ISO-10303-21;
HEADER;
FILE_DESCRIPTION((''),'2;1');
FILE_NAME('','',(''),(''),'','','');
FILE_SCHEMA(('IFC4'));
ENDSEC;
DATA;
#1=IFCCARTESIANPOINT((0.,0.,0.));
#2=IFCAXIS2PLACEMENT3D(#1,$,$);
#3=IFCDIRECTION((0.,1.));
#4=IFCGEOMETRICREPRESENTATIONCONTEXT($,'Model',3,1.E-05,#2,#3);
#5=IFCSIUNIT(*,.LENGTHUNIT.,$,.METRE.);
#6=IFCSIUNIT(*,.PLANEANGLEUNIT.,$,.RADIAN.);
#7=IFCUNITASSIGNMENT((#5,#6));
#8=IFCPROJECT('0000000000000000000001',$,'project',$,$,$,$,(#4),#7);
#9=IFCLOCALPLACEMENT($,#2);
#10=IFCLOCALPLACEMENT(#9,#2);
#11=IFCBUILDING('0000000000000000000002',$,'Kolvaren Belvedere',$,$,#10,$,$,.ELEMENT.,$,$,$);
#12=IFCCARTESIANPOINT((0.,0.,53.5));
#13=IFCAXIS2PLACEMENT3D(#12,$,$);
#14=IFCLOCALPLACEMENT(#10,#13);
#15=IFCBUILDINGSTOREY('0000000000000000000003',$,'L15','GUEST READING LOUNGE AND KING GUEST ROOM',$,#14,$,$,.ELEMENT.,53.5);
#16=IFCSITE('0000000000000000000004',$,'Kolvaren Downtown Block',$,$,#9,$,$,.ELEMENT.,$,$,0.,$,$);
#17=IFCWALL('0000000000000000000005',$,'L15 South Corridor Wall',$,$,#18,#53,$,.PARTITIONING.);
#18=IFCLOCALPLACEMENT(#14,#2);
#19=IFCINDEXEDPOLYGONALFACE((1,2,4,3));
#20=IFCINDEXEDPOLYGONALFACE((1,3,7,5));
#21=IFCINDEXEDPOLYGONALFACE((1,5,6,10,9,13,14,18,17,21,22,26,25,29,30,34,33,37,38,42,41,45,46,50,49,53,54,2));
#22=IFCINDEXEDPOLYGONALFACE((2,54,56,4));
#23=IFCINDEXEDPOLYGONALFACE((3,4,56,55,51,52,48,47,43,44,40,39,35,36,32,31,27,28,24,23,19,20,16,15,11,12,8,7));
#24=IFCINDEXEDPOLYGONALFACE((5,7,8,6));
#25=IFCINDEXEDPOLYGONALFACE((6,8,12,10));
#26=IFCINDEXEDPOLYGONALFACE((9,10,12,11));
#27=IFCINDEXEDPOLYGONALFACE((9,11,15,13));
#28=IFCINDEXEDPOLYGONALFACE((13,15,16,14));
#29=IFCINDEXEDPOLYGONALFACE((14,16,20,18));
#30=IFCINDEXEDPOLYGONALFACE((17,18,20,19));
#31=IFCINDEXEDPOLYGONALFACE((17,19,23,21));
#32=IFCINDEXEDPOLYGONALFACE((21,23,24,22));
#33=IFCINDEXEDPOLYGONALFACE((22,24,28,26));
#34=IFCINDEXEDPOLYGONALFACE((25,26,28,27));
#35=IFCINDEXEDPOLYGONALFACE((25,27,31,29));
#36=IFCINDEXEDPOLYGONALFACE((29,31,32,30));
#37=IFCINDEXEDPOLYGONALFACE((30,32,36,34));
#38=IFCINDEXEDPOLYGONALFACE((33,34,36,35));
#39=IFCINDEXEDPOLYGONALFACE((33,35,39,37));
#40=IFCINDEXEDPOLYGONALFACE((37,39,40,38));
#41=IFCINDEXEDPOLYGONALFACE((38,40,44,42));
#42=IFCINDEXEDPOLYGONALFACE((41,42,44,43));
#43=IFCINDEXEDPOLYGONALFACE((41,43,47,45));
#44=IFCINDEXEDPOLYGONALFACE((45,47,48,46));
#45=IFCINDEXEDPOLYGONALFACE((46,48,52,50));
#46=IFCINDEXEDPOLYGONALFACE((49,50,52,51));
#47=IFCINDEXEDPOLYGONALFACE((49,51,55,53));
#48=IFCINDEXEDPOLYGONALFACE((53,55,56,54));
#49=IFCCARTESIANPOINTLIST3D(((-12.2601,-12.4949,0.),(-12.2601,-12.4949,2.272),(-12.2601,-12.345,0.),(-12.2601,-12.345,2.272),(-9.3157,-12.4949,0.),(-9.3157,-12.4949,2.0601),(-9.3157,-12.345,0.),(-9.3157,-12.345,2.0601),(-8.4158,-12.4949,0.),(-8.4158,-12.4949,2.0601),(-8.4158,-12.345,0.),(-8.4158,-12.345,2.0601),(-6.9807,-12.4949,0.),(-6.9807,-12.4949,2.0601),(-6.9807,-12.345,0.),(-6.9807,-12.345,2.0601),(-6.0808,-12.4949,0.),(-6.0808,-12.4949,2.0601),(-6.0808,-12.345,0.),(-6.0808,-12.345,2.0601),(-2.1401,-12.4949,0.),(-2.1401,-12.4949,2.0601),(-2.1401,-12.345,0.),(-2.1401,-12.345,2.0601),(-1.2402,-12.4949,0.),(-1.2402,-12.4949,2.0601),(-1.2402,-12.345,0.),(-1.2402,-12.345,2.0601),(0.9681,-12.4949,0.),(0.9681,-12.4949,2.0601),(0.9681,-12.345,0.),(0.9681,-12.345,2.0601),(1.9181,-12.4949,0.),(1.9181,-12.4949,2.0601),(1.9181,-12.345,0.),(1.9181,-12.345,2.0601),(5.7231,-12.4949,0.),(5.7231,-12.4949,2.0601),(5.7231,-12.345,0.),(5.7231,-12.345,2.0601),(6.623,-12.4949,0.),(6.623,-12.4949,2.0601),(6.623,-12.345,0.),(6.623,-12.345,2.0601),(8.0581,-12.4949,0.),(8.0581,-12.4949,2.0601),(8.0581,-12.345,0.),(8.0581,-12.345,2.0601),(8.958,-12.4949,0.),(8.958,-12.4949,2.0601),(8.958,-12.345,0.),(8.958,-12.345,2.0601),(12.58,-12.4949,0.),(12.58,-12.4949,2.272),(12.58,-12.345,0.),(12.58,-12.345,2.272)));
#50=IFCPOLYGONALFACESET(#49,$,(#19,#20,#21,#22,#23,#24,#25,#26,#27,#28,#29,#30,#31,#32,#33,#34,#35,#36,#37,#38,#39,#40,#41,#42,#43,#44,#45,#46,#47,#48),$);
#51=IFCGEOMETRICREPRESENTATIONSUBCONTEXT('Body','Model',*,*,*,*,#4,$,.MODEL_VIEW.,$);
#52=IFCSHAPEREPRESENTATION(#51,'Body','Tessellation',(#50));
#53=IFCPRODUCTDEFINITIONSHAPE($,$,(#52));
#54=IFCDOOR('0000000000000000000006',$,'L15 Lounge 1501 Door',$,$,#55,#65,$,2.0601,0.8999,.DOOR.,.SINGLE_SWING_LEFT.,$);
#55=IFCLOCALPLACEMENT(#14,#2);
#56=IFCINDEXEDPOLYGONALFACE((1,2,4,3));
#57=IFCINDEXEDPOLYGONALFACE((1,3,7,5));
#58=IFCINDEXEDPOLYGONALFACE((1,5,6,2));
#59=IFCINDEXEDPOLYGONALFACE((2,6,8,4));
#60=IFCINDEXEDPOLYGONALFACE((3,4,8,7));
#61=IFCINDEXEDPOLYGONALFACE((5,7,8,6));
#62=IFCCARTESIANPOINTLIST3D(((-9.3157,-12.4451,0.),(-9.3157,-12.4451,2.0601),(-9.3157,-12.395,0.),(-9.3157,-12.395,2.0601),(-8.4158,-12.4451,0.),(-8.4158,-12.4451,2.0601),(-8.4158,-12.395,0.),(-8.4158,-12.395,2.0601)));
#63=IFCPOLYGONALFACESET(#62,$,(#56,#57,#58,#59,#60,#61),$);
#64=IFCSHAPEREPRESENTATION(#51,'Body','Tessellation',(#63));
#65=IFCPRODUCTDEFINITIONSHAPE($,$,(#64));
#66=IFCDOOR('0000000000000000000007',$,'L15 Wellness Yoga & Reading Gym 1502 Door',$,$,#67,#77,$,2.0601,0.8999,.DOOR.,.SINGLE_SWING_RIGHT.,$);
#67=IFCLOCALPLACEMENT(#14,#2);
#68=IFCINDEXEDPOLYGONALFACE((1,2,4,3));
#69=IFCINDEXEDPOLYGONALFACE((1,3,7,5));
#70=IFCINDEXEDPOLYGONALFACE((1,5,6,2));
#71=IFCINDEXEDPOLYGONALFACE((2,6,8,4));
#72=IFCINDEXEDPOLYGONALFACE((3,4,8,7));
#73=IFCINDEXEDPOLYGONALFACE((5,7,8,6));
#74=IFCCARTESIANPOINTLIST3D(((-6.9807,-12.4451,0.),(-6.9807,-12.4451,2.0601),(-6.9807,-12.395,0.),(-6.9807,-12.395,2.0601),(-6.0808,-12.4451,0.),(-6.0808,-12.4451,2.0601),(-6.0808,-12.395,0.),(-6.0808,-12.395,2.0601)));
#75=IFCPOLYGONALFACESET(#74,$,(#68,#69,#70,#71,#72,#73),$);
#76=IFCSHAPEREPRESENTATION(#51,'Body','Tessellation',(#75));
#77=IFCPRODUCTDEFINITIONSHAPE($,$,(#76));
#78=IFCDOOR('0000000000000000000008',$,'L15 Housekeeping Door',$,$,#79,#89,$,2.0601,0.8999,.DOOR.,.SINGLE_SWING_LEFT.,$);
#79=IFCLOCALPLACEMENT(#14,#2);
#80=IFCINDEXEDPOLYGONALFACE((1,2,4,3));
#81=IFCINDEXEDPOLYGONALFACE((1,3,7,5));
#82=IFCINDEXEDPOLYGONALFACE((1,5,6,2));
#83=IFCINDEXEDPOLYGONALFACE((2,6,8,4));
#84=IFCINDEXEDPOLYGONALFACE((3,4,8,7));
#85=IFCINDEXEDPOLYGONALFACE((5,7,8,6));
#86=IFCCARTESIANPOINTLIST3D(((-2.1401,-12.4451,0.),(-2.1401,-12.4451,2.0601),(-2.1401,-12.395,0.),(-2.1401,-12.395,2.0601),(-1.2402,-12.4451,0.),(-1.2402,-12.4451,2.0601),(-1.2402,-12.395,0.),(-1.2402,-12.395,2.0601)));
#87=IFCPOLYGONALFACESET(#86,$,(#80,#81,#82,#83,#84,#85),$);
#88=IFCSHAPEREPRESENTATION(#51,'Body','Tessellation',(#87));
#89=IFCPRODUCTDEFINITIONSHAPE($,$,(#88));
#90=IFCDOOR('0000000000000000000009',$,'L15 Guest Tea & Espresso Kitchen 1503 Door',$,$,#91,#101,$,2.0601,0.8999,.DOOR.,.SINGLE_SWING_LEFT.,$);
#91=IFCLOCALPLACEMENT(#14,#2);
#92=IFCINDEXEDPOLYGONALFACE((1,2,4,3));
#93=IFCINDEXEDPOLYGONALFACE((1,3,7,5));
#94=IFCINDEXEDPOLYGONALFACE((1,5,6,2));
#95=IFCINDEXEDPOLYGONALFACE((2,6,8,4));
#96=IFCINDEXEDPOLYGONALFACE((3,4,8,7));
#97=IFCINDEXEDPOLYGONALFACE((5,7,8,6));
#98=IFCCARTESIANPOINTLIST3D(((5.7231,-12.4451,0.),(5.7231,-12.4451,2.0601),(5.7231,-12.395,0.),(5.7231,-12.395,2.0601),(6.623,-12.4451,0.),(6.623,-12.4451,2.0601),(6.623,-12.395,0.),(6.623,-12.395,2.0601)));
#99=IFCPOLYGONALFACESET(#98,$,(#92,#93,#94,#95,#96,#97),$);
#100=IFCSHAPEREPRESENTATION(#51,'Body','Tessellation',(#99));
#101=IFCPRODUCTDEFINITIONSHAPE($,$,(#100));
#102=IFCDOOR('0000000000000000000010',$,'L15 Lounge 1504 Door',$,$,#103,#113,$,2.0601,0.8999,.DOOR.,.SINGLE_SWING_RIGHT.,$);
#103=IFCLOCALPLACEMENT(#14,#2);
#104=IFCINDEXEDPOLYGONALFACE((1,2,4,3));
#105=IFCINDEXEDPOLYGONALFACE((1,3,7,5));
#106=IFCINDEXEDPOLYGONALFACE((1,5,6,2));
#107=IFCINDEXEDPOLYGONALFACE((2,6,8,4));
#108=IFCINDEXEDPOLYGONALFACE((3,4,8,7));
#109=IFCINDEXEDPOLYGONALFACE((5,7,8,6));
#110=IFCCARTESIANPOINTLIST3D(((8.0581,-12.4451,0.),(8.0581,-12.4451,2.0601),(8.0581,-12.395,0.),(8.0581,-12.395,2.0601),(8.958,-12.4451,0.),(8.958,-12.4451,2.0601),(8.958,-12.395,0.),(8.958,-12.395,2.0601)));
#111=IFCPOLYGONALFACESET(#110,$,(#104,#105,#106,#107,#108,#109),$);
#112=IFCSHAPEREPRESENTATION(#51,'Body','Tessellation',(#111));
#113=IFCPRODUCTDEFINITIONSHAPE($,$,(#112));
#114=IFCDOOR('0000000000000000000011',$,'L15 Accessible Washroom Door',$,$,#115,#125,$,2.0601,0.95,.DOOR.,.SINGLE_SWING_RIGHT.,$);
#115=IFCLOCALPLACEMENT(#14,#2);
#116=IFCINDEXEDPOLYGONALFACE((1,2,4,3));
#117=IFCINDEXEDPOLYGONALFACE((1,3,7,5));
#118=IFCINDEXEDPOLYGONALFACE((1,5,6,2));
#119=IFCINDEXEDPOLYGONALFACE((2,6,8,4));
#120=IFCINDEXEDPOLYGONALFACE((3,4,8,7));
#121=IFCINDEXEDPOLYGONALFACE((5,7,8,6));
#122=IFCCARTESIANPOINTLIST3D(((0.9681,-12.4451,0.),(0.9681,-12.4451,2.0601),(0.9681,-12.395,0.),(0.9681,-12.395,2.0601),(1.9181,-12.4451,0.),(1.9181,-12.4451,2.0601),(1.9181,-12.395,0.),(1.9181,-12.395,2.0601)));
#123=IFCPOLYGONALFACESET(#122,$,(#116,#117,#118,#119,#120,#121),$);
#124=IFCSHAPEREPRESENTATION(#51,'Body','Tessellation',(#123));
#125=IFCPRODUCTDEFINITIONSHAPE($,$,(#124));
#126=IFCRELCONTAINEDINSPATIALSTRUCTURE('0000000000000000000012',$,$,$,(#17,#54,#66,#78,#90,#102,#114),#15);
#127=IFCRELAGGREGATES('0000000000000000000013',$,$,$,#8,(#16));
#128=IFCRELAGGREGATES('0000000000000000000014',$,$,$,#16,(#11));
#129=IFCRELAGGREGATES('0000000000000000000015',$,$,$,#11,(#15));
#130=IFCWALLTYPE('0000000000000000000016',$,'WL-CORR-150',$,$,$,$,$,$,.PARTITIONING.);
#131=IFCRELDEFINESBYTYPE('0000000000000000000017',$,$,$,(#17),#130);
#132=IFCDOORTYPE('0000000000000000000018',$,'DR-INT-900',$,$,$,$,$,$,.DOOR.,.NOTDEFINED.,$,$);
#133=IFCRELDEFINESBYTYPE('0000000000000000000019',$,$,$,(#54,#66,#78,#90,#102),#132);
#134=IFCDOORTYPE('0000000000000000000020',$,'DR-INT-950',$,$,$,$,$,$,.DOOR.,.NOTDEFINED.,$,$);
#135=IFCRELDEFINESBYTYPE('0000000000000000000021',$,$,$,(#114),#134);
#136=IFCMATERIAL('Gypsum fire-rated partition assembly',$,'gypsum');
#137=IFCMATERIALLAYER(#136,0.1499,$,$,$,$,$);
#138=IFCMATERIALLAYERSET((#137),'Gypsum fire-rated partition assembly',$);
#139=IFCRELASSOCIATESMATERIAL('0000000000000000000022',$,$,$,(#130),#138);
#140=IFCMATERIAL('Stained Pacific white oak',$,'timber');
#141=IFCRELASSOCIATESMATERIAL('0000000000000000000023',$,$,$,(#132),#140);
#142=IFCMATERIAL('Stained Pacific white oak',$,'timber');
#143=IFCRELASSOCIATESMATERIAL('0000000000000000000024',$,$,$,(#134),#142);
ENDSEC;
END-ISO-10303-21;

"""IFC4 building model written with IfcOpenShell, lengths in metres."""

from ifc_helpers import new_model, si_unit, direction, frame, frame_2d, origin, place, context, subcontext, project, spatial, rectangle, extrude, material, layer, layer_set, type_object, element, fill, save


model = new_model("IFC4")

# Units and contexts
model_context = context("Model", 3, precision=1e-05, world=origin(), true_north=direction((0.0, 1.0)))
body_context = subcontext(model_context, "Body", "Model", "MODEL_VIEW")
ifc_project = project(units=[si_unit("LENGTHUNIT", "METRE"), si_unit("PLANEANGLEUNIT", "RADIAN")], contexts=[model_context])

# Site, building, storey
site_placement = place(None, origin())
site = spatial("IfcSite", under=ifc_project, at=site_placement, Name="Kolvaren Downtown Block", CompositionType="ELEMENT", RefElevation=0.0)
building_placement = place(site_placement, origin())
building = spatial("IfcBuilding", under=site, at=building_placement, Name="Kolvaren Belvedere", CompositionType="ELEMENT")
storey_placement = place(building_placement, frame((0.0, 0.0, 53.5)))
storey = spatial("IfcBuildingStorey", under=building, at=storey_placement, Name="L15", Description="GUEST READING LOUNGE AND KING GUEST ROOM", CompositionType="ELEMENT", Elevation=53.5)

# Wall, openings, doors
ifc_material_1 = material(Name="Gypsum fire-rated partition assembly", Category="gypsum")
ifc_layer_1 = layer(ifc_material_1, 0.1499)
ifc_layer_set_1 = layer_set([ifc_layer_1], Name="Gypsum fire-rated partition assembly")
wall_type_1 = type_object("IfcWallType", Name="WL-CORR-150", PredefinedType="PARTITIONING", material=ifc_layer_set_1)
wall_1_placement = place(storey_placement, frame((-12.26, -12.4199, 0.0), z_axis=(0.0, 0.0, 1.0), x_axis=(1.0, 0.0, 0.0)))
wall_1 = element("IfcWall", 1, at=wall_1_placement, inside=storey, type_object=wall_type_1, Name="L15 South Corridor Wall", PredefinedType="PARTITIONING", context=body_context, shape_type="SweptSolid", body=[
    extrude(rectangle(XDim=24.8401, YDim=0.1499, at=frame_2d((12.4199, 0.0))), origin(), (0.0, 0.0, 1.0), 2.272),
])
opening_1_placement = place(wall_1_placement, frame((2.9443, 0.0, 0.0)))
opening_1 = element("IfcOpeningElement", 2, at=opening_1_placement, cuts=wall_1, PredefinedType="OPENING", context=body_context, shape_type="SweptSolid", body=[
    extrude(rectangle(XDim=0.8999, YDim=2.0601, at=frame_2d((0.45, 1.03))), frame((0.0, 0.085, 0.0), z_axis=(0.0, -1.0, 0.0), x_axis=(1.0, 0.0, 0.0)), (0.0, 0.0, 1.0), 0.1699),
])
opening_2_placement = place(wall_1_placement, frame((5.2793, 0.0, 0.0)))
opening_2 = element("IfcOpeningElement", 3, at=opening_2_placement, cuts=wall_1, PredefinedType="OPENING", context=body_context, shape_type="SweptSolid", body=[
    extrude(rectangle(XDim=0.8999, YDim=2.0601, at=frame_2d((0.45, 1.03))), frame((0.0, 0.085, 0.0), z_axis=(0.0, -1.0, 0.0), x_axis=(1.0, 0.0, 0.0)), (0.0, 0.0, 1.0), 0.1699),
])
opening_3_placement = place(wall_1_placement, frame((10.1199, 0.0, 0.0)))
opening_3 = element("IfcOpeningElement", 4, at=opening_3_placement, cuts=wall_1, PredefinedType="OPENING", context=body_context, shape_type="SweptSolid", body=[
    extrude(rectangle(XDim=0.8999, YDim=2.0601, at=frame_2d((0.45, 1.03))), frame((0.0, 0.085, 0.0), z_axis=(0.0, -1.0, 0.0), x_axis=(1.0, 0.0, 0.0)), (0.0, 0.0, 1.0), 0.1699),
])
opening_4_placement = place(wall_1_placement, frame((13.228, 0.0, 0.0)))
opening_4 = element("IfcOpeningElement", 5, at=opening_4_placement, cuts=wall_1, PredefinedType="OPENING", context=body_context, shape_type="SweptSolid", body=[
    extrude(rectangle(XDim=0.95, YDim=2.0601, at=frame_2d((0.4751, 1.03))), frame((0.0, 0.085, 0.0), z_axis=(0.0, -1.0, 0.0), x_axis=(1.0, 0.0, 0.0)), (0.0, 0.0, 1.0), 0.1699),
])
opening_5_placement = place(wall_1_placement, frame((17.9832, 0.0, 0.0)))
opening_5 = element("IfcOpeningElement", 6, at=opening_5_placement, cuts=wall_1, PredefinedType="OPENING", context=body_context, shape_type="SweptSolid", body=[
    extrude(rectangle(XDim=0.8999, YDim=2.0601, at=frame_2d((0.45, 1.03))), frame((0.0, 0.085, 0.0), z_axis=(0.0, -1.0, 0.0), x_axis=(1.0, 0.0, 0.0)), (0.0, 0.0, 1.0), 0.1699),
])
opening_6_placement = place(wall_1_placement, frame((20.3181, 0.0, 0.0)))
opening_6 = element("IfcOpeningElement", 7, at=opening_6_placement, cuts=wall_1, PredefinedType="OPENING", context=body_context, shape_type="SweptSolid", body=[
    extrude(rectangle(XDim=0.8999, YDim=2.0601, at=frame_2d((0.45, 1.03))), frame((0.0, 0.085, 0.0), z_axis=(0.0, -1.0, 0.0), x_axis=(1.0, 0.0, 0.0)), (0.0, 0.0, 1.0), 0.1699),
])
ifc_material_2 = material(Name="Stained Pacific white oak", Category="timber")
door_type_1 = type_object("IfcDoorType", Name="DR-INT-900", OperationType="NOTDEFINED", PredefinedType="DOOR", material=ifc_material_2)
door_1_placement = place(opening_1_placement, origin())
door_1 = element("IfcDoor", 8, at=door_1_placement, inside=storey, type_object=door_type_1, Name="L15 Lounge 1501 Door", OperationType="SINGLE_SWING_LEFT", OverallHeight=2.0601, OverallWidth=0.8999, PredefinedType="DOOR", context=body_context, shape_type="SweptSolid", body=[
    extrude(rectangle(XDim=0.8999, YDim=2.0601, at=frame_2d((0.45, 1.03))), frame((0.0, 0.0249, 0.0), z_axis=(0.0, -1.0, 0.0), x_axis=(1.0, 0.0, 0.0)), (0.0, 0.0, 1.0), 0.05),
])
fill(opening_1, door_1)
door_2_placement = place(opening_2_placement, origin())
door_2 = element("IfcDoor", 9, at=door_2_placement, inside=storey, type_object=door_type_1, Name="L15 Wellness Yoga & Reading Gym 1502 Door", OperationType="SINGLE_SWING_RIGHT", OverallHeight=2.0601, OverallWidth=0.8999, PredefinedType="DOOR", context=body_context, shape_type="SweptSolid", body=[
    extrude(rectangle(XDim=0.8999, YDim=2.0601, at=frame_2d((0.45, 1.03))), frame((0.0, 0.0249, 0.0), z_axis=(0.0, -1.0, 0.0), x_axis=(1.0, 0.0, 0.0)), (0.0, 0.0, 1.0), 0.05),
])
fill(opening_2, door_2)
door_3_placement = place(opening_3_placement, origin())
door_3 = element("IfcDoor", 10, at=door_3_placement, inside=storey, type_object=door_type_1, Name="L15 Housekeeping Door", OperationType="SINGLE_SWING_LEFT", OverallHeight=2.0601, OverallWidth=0.8999, PredefinedType="DOOR", context=body_context, shape_type="SweptSolid", body=[
    extrude(rectangle(XDim=0.8999, YDim=2.0601, at=frame_2d((0.45, 1.03))), frame((0.0, 0.0249, 0.0), z_axis=(0.0, -1.0, 0.0), x_axis=(1.0, 0.0, 0.0)), (0.0, 0.0, 1.0), 0.05),
])
fill(opening_3, door_3)
door_4_placement = place(opening_5_placement, origin())
door_4 = element("IfcDoor", 11, at=door_4_placement, inside=storey, type_object=door_type_1, Name="L15 Guest Tea & Espresso Kitchen 1503 Door", OperationType="SINGLE_SWING_LEFT", OverallHeight=2.0601, OverallWidth=0.8999, PredefinedType="DOOR", context=body_context, shape_type="SweptSolid", body=[
    extrude(rectangle(XDim=0.8999, YDim=2.0601, at=frame_2d((0.45, 1.03))), frame((0.0, 0.0249, 0.0), z_axis=(0.0, -1.0, 0.0), x_axis=(1.0, 0.0, 0.0)), (0.0, 0.0, 1.0), 0.05),
])
fill(opening_5, door_4)
door_5_placement = place(opening_6_placement, origin())
door_5 = element("IfcDoor", 12, at=door_5_placement, inside=storey, type_object=door_type_1, Name="L15 Lounge 1504 Door", OperationType="SINGLE_SWING_RIGHT", OverallHeight=2.0601, OverallWidth=0.8999, PredefinedType="DOOR", context=body_context, shape_type="SweptSolid", body=[
    extrude(rectangle(XDim=0.8999, YDim=2.0601, at=frame_2d((0.45, 1.03))), frame((0.0, 0.0249, 0.0), z_axis=(0.0, -1.0, 0.0), x_axis=(1.0, 0.0, 0.0)), (0.0, 0.0, 1.0), 0.05),
])
fill(opening_6, door_5)
ifc_material_3 = material(Name="Stained Pacific white oak", Category="timber")
door_type_2 = type_object("IfcDoorType", Name="DR-INT-950", OperationType="NOTDEFINED", PredefinedType="DOOR", material=ifc_material_3)
door_6_placement = place(opening_4_placement, origin())
door_6 = element("IfcDoor", 13, at=door_6_placement, inside=storey, type_object=door_type_2, Name="L15 Accessible Washroom Door", OperationType="SINGLE_SWING_RIGHT", OverallHeight=2.0601, OverallWidth=0.95, PredefinedType="DOOR", context=body_context, shape_type="SweptSolid", body=[
    extrude(rectangle(XDim=0.95, YDim=2.0601, at=frame_2d((0.4751, 1.03))), frame((0.0, 0.0249, 0.0), z_axis=(0.0, -1.0, 0.0), x_axis=(1.0, 0.0, 0.0)), (0.0, 0.0, 1.0), 0.05),
])
fill(opening_4, door_6)

save(model, "model.ifc")
